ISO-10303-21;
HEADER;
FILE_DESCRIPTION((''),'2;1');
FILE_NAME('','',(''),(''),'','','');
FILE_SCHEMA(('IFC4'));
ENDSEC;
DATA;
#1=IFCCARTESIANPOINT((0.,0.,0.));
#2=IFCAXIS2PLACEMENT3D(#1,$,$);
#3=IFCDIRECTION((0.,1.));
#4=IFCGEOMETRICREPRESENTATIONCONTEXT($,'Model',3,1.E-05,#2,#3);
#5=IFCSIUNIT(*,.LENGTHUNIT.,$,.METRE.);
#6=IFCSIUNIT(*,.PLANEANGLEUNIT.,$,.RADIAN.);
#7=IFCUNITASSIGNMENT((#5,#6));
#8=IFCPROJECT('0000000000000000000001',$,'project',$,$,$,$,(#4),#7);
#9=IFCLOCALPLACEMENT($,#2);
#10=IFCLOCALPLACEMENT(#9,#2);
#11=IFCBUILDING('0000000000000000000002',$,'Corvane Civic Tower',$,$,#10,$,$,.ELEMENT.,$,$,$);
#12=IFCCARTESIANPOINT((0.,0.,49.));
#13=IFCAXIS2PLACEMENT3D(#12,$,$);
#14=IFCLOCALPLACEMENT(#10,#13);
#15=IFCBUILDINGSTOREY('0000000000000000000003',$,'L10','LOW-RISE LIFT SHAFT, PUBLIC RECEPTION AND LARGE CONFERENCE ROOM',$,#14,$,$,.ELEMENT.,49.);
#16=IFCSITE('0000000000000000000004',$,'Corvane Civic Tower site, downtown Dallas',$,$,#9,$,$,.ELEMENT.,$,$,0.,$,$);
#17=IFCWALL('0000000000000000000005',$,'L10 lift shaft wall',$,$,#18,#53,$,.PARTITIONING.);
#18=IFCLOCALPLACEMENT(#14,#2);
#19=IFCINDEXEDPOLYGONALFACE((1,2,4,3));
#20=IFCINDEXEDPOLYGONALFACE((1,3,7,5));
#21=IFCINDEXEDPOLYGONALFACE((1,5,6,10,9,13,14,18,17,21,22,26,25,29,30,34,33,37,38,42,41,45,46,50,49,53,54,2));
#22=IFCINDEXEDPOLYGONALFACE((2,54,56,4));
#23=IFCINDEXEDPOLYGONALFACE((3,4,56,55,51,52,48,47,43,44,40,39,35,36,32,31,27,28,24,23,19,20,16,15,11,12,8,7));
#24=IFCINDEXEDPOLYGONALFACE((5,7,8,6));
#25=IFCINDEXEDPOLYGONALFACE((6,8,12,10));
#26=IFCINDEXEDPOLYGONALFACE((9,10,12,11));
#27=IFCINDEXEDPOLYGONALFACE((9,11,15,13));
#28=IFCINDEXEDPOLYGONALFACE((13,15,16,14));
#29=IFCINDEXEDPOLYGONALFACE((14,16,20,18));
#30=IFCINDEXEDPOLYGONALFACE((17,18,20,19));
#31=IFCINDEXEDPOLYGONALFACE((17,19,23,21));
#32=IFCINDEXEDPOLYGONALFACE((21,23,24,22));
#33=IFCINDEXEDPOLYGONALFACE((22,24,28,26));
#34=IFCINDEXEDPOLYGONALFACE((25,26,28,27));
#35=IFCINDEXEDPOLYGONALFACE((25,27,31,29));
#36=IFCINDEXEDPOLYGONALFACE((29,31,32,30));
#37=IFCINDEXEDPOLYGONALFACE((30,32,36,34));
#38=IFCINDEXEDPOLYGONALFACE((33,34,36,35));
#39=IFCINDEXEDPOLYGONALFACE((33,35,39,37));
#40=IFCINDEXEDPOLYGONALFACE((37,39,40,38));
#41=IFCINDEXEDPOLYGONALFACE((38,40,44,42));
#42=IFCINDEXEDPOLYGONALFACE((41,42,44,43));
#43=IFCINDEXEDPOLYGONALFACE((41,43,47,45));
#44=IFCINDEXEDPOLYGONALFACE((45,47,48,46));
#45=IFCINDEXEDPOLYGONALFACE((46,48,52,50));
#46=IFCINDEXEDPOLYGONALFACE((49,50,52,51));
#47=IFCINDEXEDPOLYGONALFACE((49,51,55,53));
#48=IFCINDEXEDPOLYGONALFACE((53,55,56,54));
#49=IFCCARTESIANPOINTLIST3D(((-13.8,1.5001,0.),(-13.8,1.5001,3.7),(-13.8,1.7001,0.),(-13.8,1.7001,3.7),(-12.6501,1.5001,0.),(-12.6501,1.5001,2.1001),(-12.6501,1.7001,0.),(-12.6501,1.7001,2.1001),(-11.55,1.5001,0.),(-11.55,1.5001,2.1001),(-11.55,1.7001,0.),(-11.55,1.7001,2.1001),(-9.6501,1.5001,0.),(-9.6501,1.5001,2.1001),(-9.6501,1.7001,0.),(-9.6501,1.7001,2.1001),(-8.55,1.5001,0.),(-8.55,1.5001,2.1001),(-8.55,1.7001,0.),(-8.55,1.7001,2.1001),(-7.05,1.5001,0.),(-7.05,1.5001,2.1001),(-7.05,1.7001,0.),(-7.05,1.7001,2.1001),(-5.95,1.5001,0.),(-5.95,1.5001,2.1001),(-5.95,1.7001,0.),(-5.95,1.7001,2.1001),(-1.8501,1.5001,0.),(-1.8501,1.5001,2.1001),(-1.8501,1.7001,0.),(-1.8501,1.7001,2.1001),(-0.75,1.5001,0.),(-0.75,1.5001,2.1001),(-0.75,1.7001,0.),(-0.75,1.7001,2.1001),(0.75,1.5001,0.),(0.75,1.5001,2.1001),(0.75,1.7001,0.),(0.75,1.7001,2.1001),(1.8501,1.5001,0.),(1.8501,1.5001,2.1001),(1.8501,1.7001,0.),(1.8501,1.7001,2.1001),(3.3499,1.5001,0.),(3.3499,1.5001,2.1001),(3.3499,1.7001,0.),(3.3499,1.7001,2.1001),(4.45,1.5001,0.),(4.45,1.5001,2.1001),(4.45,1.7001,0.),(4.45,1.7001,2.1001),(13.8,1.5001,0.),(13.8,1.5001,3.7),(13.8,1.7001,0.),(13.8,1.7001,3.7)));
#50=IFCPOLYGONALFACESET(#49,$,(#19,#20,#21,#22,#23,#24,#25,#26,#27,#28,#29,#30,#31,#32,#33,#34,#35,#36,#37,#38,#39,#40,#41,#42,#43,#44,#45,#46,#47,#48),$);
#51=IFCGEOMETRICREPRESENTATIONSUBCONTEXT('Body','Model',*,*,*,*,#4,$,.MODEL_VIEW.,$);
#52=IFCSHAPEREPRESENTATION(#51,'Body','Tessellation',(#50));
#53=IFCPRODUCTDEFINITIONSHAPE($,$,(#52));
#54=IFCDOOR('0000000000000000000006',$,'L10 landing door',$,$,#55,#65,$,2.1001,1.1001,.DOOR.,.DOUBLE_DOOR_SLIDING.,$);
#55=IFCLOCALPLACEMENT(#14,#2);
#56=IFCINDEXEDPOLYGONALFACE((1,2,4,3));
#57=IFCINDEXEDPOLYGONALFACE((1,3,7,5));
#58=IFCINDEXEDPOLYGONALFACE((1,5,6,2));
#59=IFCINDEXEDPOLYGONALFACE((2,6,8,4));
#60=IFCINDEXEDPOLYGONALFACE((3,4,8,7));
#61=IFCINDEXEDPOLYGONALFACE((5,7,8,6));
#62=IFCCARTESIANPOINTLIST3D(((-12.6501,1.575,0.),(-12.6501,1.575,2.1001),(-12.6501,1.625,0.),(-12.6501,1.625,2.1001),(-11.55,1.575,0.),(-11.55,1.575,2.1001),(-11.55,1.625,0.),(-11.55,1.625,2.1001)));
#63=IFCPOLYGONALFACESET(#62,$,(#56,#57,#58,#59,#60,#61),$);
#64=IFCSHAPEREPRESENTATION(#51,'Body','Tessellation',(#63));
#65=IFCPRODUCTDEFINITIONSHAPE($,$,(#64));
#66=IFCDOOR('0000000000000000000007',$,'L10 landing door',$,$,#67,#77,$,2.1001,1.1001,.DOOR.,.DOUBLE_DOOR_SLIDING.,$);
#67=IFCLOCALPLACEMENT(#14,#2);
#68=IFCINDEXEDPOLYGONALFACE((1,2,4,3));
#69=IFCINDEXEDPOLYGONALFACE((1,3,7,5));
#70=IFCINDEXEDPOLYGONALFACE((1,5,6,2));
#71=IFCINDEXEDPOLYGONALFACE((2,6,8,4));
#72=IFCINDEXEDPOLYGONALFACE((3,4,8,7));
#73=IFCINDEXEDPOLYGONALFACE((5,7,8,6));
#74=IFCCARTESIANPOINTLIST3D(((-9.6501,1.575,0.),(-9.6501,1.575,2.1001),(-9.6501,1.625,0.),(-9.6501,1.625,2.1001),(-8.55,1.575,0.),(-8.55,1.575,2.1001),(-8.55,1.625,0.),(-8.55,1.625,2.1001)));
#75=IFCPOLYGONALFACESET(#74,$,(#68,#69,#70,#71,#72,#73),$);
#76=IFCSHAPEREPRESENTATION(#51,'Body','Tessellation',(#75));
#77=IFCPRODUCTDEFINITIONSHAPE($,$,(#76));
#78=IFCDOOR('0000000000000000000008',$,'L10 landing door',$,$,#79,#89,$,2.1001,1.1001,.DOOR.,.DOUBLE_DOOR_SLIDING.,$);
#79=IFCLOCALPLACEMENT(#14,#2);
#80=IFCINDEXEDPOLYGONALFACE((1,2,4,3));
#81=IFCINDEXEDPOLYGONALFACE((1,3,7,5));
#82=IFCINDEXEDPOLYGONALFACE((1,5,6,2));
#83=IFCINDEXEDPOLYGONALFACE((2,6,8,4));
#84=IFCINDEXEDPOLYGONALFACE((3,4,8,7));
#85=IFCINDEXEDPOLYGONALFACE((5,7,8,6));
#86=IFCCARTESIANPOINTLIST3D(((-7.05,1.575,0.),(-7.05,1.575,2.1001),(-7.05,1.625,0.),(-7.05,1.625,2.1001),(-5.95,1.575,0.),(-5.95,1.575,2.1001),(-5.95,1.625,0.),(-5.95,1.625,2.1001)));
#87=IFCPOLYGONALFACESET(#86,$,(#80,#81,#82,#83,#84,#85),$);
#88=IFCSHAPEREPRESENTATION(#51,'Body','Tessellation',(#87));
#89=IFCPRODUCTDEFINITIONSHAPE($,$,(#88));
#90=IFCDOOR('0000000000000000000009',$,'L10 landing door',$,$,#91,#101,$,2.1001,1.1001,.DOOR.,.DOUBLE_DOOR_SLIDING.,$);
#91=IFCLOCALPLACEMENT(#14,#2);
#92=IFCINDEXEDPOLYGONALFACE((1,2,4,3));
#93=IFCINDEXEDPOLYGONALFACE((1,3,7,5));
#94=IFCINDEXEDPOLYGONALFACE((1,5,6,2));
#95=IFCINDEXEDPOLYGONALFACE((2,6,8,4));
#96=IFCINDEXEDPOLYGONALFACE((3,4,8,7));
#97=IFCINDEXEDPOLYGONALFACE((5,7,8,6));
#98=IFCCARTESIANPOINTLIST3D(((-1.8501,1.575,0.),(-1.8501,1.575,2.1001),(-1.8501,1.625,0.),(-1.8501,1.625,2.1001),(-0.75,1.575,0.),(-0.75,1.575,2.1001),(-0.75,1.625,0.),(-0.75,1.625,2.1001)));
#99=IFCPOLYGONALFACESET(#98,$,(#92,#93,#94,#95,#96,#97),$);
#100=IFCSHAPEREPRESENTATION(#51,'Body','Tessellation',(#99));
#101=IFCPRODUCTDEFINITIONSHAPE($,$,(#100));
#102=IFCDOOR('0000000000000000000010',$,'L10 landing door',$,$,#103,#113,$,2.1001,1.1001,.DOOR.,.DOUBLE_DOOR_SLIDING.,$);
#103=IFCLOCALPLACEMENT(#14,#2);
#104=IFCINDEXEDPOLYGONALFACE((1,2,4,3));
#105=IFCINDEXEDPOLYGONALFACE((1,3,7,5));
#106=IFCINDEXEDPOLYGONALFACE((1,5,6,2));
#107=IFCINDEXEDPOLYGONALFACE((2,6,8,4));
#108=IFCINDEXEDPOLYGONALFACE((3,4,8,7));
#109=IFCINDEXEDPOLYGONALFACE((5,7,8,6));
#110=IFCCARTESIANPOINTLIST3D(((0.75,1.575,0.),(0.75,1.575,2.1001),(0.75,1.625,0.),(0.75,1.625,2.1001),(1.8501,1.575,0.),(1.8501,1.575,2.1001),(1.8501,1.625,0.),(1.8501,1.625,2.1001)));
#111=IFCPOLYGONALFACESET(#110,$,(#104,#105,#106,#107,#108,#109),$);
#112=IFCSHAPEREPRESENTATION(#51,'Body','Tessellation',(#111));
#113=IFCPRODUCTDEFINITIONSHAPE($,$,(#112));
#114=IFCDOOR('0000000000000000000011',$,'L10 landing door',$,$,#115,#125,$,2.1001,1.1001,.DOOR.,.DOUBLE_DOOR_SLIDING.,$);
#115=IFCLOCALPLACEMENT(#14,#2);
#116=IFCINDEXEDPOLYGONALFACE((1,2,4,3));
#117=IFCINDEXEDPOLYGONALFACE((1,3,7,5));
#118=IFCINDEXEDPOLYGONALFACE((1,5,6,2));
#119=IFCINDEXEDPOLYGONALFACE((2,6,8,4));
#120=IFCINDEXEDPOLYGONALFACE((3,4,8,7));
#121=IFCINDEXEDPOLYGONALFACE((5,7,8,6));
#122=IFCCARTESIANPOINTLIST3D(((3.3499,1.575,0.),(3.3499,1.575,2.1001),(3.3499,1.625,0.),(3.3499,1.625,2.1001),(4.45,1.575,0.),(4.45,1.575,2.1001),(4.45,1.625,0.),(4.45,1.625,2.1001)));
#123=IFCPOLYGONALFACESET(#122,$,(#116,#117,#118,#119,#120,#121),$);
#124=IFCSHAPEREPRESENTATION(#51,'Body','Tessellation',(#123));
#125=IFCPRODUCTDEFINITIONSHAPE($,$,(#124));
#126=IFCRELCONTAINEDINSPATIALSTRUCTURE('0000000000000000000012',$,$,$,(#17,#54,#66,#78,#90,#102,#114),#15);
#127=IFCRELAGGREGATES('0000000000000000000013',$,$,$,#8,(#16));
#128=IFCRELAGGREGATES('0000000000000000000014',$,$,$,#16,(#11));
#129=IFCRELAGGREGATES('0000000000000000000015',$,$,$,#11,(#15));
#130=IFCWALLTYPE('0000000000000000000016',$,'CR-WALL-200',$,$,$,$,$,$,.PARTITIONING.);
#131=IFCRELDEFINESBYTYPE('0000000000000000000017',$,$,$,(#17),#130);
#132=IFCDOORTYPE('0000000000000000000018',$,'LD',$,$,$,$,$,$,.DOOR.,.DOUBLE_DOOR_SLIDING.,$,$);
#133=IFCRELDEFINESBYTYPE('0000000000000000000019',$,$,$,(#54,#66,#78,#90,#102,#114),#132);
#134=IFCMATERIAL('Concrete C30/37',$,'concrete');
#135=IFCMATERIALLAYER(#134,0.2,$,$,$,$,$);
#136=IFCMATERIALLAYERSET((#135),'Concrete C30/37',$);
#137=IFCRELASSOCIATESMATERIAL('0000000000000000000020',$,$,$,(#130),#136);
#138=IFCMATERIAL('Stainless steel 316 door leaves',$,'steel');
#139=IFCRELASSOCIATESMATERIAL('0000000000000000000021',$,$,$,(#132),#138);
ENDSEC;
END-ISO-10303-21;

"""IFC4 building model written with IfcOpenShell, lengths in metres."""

from ifc_helpers import new_model, si_unit, direction, frame, frame_2d, origin, place, context, subcontext, project, spatial, rectangle, extrude, material, layer, layer_set, type_object, element, fill, save


model = new_model("IFC4")

# Units and contexts
model_context = context("Model", 3, precision=1e-05, world=origin(), true_north=direction((0.0, 1.0)))
body_context = subcontext(model_context, "Body", "Model", "MODEL_VIEW")
ifc_project = project(units=[si_unit("LENGTHUNIT", "METRE"), si_unit("PLANEANGLEUNIT", "RADIAN")], contexts=[model_context])

# Site, building, storey
site_placement = place(None, origin())
site = spatial("IfcSite", under=ifc_project, at=site_placement, Name="Corvane Civic Tower site, downtown Dallas", CompositionType="ELEMENT", RefElevation=0.0)
building_placement = place(site_placement, origin())
building = spatial("IfcBuilding", under=site, at=building_placement, Name="Corvane Civic Tower", CompositionType="ELEMENT")
storey_placement = place(building_placement, frame((0.0, 0.0, 49.0)))
storey = spatial("IfcBuildingStorey", under=building, at=storey_placement, Name="L10", Description="LOW-RISE LIFT SHAFT, PUBLIC RECEPTION AND LARGE CONFERENCE ROOM", CompositionType="ELEMENT", Elevation=49.0)

# Wall, openings, doors
ifc_material_1 = material(Name="Concrete C30/37", Category="concrete")
ifc_layer_1 = layer(ifc_material_1, 0.2)
ifc_layer_set_1 = layer_set([ifc_layer_1], Name="Concrete C30/37")
wall_type_1 = type_object("IfcWallType", Name="CR-WALL-200", PredefinedType="PARTITIONING", material=ifc_layer_set_1)
wall_1_placement = place(storey_placement, frame((-13.8, 1.6001, 0.0), z_axis=(0.0, 0.0, 1.0), x_axis=(1.0, 0.0, 0.0)))
wall_1 = element("IfcWall", 1, at=wall_1_placement, inside=storey, type_object=wall_type_1, Name="L10 lift shaft wall", PredefinedType="PARTITIONING", context=body_context, shape_type="SweptSolid", body=[
    extrude(rectangle(XDim=27.6001, YDim=0.2, at=frame_2d((13.8, 0.0))), origin(), (0.0, 0.0, 1.0), 3.7),
])
opening_1_placement = place(wall_1_placement, frame((1.1499, 0.0, 0.0)))
opening_1 = element("IfcOpeningElement", 2, at=opening_1_placement, cuts=wall_1, PredefinedType="OPENING", context=body_context, shape_type="SweptSolid", body=[
    extrude(rectangle(XDim=1.1001, YDim=2.1001, at=frame_2d((0.55, 1.05))), frame((0.0, 0.1099, 0.0), z_axis=(0.0, -1.0, 0.0), x_axis=(1.0, 0.0, 0.0)), (0.0, 0.0, 1.0), 0.22),
])
opening_2_placement = place(wall_1_placement, frame((4.1499, 0.0, 0.0)))
opening_2 = element("IfcOpeningElement", 3, at=opening_2_placement, cuts=wall_1, PredefinedType="OPENING", context=body_context, shape_type="SweptSolid", body=[
    extrude(rectangle(XDim=1.1001, YDim=2.1001, at=frame_2d((0.55, 1.05))), frame((0.0, 0.1099, 0.0), z_axis=(0.0, -1.0, 0.0), x_axis=(1.0, 0.0, 0.0)), (0.0, 0.0, 1.0), 0.22),
])
opening_3_placement = place(wall_1_placement, frame((6.75, 0.0, 0.0)))
opening_3 = element("IfcOpeningElement", 4, at=opening_3_placement, cuts=wall_1, PredefinedType="OPENING", context=body_context, shape_type="SweptSolid", body=[
    extrude(rectangle(XDim=1.1001, YDim=2.1001, at=frame_2d((0.55, 1.05))), frame((0.0, 0.1099, 0.0), z_axis=(0.0, -1.0, 0.0), x_axis=(1.0, 0.0, 0.0)), (0.0, 0.0, 1.0), 0.22),
])
opening_4_placement = place(wall_1_placement, frame((11.95, 0.0, 0.0)))
opening_4 = element("IfcOpeningElement", 5, at=opening_4_placement, cuts=wall_1, PredefinedType="OPENING", context=body_context, shape_type="SweptSolid", body=[
    extrude(rectangle(XDim=1.1001, YDim=2.1001, at=frame_2d((0.55, 1.05))), frame((0.0, 0.1099, 0.0), z_axis=(0.0, -1.0, 0.0), x_axis=(1.0, 0.0, 0.0)), (0.0, 0.0, 1.0), 0.22),
])
opening_5_placement = place(wall_1_placement, frame((14.55, 0.0, 0.0)))
opening_5 = element("IfcOpeningElement", 6, at=opening_5_placement, cuts=wall_1, PredefinedType="OPENING", context=body_context, shape_type="SweptSolid", body=[
    extrude(rectangle(XDim=1.1001, YDim=2.1001, at=frame_2d((0.55, 1.05))), frame((0.0, 0.1099, 0.0), z_axis=(0.0, -1.0, 0.0), x_axis=(1.0, 0.0, 0.0)), (0.0, 0.0, 1.0), 0.22),
])
opening_6_placement = place(wall_1_placement, frame((17.1499, 0.0, 0.0)))
opening_6 = element("IfcOpeningElement", 7, at=opening_6_placement, cuts=wall_1, PredefinedType="OPENING", context=body_context, shape_type="SweptSolid", body=[
    extrude(rectangle(XDim=1.1001, YDim=2.1001, at=frame_2d((0.55, 1.05))), frame((0.0, 0.1099, 0.0), z_axis=(0.0, -1.0, 0.0), x_axis=(1.0, 0.0, 0.0)), (0.0, 0.0, 1.0), 0.22),
])
ifc_material_2 = material(Name="Stainless steel 316 door leaves", Category="steel")
door_type_1 = type_object("IfcDoorType", Name="LD", OperationType="DOUBLE_DOOR_SLIDING", PredefinedType="DOOR", material=ifc_material_2)
door_1_placement = place(opening_1_placement, origin())
door_1 = element("IfcDoor", 8, at=door_1_placement, inside=storey, type_object=door_type_1, Name="L10 landing door", OperationType="DOUBLE_DOOR_SLIDING", OverallHeight=2.1001, OverallWidth=1.1001, PredefinedType="DOOR", context=body_context, shape_type="SweptSolid", body=[
    extrude(rectangle(XDim=1.1001, YDim=2.1001, at=frame_2d((0.55, 1.05))), frame((0.0, 0.0249, 0.0), z_axis=(0.0, -1.0, 0.0), x_axis=(1.0, 0.0, 0.0)), (0.0, 0.0, 1.0), 0.05),
])
fill(opening_1, door_1)
door_2_placement = place(opening_2_placement, origin())
door_2 = element("IfcDoor", 9, at=door_2_placement, inside=storey, type_object=door_type_1, Name="L10 landing door", OperationType="DOUBLE_DOOR_SLIDING", OverallHeight=2.1001, OverallWidth=1.1001, PredefinedType="DOOR", context=body_context, shape_type="SweptSolid", body=[
    extrude(rectangle(XDim=1.1001, YDim=2.1001, at=frame_2d((0.55, 1.05))), frame((0.0, 0.0249, 0.0), z_axis=(0.0, -1.0, 0.0), x_axis=(1.0, 0.0, 0.0)), (0.0, 0.0, 1.0), 0.05),
])
fill(opening_2, door_2)
door_3_placement = place(opening_3_placement, origin())
door_3 = element("IfcDoor", 10, at=door_3_placement, inside=storey, type_object=door_type_1, Name="L10 landing door", OperationType="DOUBLE_DOOR_SLIDING", OverallHeight=2.1001, OverallWidth=1.1001, PredefinedType="DOOR", context=body_context, shape_type="SweptSolid", body=[
    extrude(rectangle(XDim=1.1001, YDim=2.1001, at=frame_2d((0.55, 1.05))), frame((0.0, 0.0249, 0.0), z_axis=(0.0, -1.0, 0.0), x_axis=(1.0, 0.0, 0.0)), (0.0, 0.0, 1.0), 0.05),
])
fill(opening_3, door_3)
door_4_placement = place(opening_4_placement, origin())
door_4 = element("IfcDoor", 11, at=door_4_placement, inside=storey, type_object=door_type_1, Name="L10 landing door", OperationType="DOUBLE_DOOR_SLIDING", OverallHeight=2.1001, OverallWidth=1.1001, PredefinedType="DOOR", context=body_context, shape_type="SweptSolid", body=[
    extrude(rectangle(XDim=1.1001, YDim=2.1001, at=frame_2d((0.55, 1.05))), frame((0.0, 0.0249, 0.0), z_axis=(0.0, -1.0, 0.0), x_axis=(1.0, 0.0, 0.0)), (0.0, 0.0, 1.0), 0.05),
])
fill(opening_4, door_4)
door_5_placement = place(opening_5_placement, origin())
door_5 = element("IfcDoor", 12, at=door_5_placement, inside=storey, type_object=door_type_1, Name="L10 landing door", OperationType="DOUBLE_DOOR_SLIDING", OverallHeight=2.1001, OverallWidth=1.1001, PredefinedType="DOOR", context=body_context, shape_type="SweptSolid", body=[
    extrude(rectangle(XDim=1.1001, YDim=2.1001, at=frame_2d((0.55, 1.05))), frame((0.0, 0.0249, 0.0), z_axis=(0.0, -1.0, 0.0), x_axis=(1.0, 0.0, 0.0)), (0.0, 0.0, 1.0), 0.05),
])
fill(opening_5, door_5)
door_6_placement = place(opening_6_placement, origin())
door_6 = element("IfcDoor", 13, at=door_6_placement, inside=storey, type_object=door_type_1, Name="L10 landing door", OperationType="DOUBLE_DOOR_SLIDING", OverallHeight=2.1001, OverallWidth=1.1001, PredefinedType="DOOR", context=body_context, shape_type="SweptSolid", body=[
    extrude(rectangle(XDim=1.1001, YDim=2.1001, at=frame_2d((0.55, 1.05))), frame((0.0, 0.0249, 0.0), z_axis=(0.0, -1.0, 0.0), x_axis=(1.0, 0.0, 0.0)), (0.0, 0.0, 1.0), 0.05),
])
fill(opening_6, door_6)

save(model, "model.ifc")
